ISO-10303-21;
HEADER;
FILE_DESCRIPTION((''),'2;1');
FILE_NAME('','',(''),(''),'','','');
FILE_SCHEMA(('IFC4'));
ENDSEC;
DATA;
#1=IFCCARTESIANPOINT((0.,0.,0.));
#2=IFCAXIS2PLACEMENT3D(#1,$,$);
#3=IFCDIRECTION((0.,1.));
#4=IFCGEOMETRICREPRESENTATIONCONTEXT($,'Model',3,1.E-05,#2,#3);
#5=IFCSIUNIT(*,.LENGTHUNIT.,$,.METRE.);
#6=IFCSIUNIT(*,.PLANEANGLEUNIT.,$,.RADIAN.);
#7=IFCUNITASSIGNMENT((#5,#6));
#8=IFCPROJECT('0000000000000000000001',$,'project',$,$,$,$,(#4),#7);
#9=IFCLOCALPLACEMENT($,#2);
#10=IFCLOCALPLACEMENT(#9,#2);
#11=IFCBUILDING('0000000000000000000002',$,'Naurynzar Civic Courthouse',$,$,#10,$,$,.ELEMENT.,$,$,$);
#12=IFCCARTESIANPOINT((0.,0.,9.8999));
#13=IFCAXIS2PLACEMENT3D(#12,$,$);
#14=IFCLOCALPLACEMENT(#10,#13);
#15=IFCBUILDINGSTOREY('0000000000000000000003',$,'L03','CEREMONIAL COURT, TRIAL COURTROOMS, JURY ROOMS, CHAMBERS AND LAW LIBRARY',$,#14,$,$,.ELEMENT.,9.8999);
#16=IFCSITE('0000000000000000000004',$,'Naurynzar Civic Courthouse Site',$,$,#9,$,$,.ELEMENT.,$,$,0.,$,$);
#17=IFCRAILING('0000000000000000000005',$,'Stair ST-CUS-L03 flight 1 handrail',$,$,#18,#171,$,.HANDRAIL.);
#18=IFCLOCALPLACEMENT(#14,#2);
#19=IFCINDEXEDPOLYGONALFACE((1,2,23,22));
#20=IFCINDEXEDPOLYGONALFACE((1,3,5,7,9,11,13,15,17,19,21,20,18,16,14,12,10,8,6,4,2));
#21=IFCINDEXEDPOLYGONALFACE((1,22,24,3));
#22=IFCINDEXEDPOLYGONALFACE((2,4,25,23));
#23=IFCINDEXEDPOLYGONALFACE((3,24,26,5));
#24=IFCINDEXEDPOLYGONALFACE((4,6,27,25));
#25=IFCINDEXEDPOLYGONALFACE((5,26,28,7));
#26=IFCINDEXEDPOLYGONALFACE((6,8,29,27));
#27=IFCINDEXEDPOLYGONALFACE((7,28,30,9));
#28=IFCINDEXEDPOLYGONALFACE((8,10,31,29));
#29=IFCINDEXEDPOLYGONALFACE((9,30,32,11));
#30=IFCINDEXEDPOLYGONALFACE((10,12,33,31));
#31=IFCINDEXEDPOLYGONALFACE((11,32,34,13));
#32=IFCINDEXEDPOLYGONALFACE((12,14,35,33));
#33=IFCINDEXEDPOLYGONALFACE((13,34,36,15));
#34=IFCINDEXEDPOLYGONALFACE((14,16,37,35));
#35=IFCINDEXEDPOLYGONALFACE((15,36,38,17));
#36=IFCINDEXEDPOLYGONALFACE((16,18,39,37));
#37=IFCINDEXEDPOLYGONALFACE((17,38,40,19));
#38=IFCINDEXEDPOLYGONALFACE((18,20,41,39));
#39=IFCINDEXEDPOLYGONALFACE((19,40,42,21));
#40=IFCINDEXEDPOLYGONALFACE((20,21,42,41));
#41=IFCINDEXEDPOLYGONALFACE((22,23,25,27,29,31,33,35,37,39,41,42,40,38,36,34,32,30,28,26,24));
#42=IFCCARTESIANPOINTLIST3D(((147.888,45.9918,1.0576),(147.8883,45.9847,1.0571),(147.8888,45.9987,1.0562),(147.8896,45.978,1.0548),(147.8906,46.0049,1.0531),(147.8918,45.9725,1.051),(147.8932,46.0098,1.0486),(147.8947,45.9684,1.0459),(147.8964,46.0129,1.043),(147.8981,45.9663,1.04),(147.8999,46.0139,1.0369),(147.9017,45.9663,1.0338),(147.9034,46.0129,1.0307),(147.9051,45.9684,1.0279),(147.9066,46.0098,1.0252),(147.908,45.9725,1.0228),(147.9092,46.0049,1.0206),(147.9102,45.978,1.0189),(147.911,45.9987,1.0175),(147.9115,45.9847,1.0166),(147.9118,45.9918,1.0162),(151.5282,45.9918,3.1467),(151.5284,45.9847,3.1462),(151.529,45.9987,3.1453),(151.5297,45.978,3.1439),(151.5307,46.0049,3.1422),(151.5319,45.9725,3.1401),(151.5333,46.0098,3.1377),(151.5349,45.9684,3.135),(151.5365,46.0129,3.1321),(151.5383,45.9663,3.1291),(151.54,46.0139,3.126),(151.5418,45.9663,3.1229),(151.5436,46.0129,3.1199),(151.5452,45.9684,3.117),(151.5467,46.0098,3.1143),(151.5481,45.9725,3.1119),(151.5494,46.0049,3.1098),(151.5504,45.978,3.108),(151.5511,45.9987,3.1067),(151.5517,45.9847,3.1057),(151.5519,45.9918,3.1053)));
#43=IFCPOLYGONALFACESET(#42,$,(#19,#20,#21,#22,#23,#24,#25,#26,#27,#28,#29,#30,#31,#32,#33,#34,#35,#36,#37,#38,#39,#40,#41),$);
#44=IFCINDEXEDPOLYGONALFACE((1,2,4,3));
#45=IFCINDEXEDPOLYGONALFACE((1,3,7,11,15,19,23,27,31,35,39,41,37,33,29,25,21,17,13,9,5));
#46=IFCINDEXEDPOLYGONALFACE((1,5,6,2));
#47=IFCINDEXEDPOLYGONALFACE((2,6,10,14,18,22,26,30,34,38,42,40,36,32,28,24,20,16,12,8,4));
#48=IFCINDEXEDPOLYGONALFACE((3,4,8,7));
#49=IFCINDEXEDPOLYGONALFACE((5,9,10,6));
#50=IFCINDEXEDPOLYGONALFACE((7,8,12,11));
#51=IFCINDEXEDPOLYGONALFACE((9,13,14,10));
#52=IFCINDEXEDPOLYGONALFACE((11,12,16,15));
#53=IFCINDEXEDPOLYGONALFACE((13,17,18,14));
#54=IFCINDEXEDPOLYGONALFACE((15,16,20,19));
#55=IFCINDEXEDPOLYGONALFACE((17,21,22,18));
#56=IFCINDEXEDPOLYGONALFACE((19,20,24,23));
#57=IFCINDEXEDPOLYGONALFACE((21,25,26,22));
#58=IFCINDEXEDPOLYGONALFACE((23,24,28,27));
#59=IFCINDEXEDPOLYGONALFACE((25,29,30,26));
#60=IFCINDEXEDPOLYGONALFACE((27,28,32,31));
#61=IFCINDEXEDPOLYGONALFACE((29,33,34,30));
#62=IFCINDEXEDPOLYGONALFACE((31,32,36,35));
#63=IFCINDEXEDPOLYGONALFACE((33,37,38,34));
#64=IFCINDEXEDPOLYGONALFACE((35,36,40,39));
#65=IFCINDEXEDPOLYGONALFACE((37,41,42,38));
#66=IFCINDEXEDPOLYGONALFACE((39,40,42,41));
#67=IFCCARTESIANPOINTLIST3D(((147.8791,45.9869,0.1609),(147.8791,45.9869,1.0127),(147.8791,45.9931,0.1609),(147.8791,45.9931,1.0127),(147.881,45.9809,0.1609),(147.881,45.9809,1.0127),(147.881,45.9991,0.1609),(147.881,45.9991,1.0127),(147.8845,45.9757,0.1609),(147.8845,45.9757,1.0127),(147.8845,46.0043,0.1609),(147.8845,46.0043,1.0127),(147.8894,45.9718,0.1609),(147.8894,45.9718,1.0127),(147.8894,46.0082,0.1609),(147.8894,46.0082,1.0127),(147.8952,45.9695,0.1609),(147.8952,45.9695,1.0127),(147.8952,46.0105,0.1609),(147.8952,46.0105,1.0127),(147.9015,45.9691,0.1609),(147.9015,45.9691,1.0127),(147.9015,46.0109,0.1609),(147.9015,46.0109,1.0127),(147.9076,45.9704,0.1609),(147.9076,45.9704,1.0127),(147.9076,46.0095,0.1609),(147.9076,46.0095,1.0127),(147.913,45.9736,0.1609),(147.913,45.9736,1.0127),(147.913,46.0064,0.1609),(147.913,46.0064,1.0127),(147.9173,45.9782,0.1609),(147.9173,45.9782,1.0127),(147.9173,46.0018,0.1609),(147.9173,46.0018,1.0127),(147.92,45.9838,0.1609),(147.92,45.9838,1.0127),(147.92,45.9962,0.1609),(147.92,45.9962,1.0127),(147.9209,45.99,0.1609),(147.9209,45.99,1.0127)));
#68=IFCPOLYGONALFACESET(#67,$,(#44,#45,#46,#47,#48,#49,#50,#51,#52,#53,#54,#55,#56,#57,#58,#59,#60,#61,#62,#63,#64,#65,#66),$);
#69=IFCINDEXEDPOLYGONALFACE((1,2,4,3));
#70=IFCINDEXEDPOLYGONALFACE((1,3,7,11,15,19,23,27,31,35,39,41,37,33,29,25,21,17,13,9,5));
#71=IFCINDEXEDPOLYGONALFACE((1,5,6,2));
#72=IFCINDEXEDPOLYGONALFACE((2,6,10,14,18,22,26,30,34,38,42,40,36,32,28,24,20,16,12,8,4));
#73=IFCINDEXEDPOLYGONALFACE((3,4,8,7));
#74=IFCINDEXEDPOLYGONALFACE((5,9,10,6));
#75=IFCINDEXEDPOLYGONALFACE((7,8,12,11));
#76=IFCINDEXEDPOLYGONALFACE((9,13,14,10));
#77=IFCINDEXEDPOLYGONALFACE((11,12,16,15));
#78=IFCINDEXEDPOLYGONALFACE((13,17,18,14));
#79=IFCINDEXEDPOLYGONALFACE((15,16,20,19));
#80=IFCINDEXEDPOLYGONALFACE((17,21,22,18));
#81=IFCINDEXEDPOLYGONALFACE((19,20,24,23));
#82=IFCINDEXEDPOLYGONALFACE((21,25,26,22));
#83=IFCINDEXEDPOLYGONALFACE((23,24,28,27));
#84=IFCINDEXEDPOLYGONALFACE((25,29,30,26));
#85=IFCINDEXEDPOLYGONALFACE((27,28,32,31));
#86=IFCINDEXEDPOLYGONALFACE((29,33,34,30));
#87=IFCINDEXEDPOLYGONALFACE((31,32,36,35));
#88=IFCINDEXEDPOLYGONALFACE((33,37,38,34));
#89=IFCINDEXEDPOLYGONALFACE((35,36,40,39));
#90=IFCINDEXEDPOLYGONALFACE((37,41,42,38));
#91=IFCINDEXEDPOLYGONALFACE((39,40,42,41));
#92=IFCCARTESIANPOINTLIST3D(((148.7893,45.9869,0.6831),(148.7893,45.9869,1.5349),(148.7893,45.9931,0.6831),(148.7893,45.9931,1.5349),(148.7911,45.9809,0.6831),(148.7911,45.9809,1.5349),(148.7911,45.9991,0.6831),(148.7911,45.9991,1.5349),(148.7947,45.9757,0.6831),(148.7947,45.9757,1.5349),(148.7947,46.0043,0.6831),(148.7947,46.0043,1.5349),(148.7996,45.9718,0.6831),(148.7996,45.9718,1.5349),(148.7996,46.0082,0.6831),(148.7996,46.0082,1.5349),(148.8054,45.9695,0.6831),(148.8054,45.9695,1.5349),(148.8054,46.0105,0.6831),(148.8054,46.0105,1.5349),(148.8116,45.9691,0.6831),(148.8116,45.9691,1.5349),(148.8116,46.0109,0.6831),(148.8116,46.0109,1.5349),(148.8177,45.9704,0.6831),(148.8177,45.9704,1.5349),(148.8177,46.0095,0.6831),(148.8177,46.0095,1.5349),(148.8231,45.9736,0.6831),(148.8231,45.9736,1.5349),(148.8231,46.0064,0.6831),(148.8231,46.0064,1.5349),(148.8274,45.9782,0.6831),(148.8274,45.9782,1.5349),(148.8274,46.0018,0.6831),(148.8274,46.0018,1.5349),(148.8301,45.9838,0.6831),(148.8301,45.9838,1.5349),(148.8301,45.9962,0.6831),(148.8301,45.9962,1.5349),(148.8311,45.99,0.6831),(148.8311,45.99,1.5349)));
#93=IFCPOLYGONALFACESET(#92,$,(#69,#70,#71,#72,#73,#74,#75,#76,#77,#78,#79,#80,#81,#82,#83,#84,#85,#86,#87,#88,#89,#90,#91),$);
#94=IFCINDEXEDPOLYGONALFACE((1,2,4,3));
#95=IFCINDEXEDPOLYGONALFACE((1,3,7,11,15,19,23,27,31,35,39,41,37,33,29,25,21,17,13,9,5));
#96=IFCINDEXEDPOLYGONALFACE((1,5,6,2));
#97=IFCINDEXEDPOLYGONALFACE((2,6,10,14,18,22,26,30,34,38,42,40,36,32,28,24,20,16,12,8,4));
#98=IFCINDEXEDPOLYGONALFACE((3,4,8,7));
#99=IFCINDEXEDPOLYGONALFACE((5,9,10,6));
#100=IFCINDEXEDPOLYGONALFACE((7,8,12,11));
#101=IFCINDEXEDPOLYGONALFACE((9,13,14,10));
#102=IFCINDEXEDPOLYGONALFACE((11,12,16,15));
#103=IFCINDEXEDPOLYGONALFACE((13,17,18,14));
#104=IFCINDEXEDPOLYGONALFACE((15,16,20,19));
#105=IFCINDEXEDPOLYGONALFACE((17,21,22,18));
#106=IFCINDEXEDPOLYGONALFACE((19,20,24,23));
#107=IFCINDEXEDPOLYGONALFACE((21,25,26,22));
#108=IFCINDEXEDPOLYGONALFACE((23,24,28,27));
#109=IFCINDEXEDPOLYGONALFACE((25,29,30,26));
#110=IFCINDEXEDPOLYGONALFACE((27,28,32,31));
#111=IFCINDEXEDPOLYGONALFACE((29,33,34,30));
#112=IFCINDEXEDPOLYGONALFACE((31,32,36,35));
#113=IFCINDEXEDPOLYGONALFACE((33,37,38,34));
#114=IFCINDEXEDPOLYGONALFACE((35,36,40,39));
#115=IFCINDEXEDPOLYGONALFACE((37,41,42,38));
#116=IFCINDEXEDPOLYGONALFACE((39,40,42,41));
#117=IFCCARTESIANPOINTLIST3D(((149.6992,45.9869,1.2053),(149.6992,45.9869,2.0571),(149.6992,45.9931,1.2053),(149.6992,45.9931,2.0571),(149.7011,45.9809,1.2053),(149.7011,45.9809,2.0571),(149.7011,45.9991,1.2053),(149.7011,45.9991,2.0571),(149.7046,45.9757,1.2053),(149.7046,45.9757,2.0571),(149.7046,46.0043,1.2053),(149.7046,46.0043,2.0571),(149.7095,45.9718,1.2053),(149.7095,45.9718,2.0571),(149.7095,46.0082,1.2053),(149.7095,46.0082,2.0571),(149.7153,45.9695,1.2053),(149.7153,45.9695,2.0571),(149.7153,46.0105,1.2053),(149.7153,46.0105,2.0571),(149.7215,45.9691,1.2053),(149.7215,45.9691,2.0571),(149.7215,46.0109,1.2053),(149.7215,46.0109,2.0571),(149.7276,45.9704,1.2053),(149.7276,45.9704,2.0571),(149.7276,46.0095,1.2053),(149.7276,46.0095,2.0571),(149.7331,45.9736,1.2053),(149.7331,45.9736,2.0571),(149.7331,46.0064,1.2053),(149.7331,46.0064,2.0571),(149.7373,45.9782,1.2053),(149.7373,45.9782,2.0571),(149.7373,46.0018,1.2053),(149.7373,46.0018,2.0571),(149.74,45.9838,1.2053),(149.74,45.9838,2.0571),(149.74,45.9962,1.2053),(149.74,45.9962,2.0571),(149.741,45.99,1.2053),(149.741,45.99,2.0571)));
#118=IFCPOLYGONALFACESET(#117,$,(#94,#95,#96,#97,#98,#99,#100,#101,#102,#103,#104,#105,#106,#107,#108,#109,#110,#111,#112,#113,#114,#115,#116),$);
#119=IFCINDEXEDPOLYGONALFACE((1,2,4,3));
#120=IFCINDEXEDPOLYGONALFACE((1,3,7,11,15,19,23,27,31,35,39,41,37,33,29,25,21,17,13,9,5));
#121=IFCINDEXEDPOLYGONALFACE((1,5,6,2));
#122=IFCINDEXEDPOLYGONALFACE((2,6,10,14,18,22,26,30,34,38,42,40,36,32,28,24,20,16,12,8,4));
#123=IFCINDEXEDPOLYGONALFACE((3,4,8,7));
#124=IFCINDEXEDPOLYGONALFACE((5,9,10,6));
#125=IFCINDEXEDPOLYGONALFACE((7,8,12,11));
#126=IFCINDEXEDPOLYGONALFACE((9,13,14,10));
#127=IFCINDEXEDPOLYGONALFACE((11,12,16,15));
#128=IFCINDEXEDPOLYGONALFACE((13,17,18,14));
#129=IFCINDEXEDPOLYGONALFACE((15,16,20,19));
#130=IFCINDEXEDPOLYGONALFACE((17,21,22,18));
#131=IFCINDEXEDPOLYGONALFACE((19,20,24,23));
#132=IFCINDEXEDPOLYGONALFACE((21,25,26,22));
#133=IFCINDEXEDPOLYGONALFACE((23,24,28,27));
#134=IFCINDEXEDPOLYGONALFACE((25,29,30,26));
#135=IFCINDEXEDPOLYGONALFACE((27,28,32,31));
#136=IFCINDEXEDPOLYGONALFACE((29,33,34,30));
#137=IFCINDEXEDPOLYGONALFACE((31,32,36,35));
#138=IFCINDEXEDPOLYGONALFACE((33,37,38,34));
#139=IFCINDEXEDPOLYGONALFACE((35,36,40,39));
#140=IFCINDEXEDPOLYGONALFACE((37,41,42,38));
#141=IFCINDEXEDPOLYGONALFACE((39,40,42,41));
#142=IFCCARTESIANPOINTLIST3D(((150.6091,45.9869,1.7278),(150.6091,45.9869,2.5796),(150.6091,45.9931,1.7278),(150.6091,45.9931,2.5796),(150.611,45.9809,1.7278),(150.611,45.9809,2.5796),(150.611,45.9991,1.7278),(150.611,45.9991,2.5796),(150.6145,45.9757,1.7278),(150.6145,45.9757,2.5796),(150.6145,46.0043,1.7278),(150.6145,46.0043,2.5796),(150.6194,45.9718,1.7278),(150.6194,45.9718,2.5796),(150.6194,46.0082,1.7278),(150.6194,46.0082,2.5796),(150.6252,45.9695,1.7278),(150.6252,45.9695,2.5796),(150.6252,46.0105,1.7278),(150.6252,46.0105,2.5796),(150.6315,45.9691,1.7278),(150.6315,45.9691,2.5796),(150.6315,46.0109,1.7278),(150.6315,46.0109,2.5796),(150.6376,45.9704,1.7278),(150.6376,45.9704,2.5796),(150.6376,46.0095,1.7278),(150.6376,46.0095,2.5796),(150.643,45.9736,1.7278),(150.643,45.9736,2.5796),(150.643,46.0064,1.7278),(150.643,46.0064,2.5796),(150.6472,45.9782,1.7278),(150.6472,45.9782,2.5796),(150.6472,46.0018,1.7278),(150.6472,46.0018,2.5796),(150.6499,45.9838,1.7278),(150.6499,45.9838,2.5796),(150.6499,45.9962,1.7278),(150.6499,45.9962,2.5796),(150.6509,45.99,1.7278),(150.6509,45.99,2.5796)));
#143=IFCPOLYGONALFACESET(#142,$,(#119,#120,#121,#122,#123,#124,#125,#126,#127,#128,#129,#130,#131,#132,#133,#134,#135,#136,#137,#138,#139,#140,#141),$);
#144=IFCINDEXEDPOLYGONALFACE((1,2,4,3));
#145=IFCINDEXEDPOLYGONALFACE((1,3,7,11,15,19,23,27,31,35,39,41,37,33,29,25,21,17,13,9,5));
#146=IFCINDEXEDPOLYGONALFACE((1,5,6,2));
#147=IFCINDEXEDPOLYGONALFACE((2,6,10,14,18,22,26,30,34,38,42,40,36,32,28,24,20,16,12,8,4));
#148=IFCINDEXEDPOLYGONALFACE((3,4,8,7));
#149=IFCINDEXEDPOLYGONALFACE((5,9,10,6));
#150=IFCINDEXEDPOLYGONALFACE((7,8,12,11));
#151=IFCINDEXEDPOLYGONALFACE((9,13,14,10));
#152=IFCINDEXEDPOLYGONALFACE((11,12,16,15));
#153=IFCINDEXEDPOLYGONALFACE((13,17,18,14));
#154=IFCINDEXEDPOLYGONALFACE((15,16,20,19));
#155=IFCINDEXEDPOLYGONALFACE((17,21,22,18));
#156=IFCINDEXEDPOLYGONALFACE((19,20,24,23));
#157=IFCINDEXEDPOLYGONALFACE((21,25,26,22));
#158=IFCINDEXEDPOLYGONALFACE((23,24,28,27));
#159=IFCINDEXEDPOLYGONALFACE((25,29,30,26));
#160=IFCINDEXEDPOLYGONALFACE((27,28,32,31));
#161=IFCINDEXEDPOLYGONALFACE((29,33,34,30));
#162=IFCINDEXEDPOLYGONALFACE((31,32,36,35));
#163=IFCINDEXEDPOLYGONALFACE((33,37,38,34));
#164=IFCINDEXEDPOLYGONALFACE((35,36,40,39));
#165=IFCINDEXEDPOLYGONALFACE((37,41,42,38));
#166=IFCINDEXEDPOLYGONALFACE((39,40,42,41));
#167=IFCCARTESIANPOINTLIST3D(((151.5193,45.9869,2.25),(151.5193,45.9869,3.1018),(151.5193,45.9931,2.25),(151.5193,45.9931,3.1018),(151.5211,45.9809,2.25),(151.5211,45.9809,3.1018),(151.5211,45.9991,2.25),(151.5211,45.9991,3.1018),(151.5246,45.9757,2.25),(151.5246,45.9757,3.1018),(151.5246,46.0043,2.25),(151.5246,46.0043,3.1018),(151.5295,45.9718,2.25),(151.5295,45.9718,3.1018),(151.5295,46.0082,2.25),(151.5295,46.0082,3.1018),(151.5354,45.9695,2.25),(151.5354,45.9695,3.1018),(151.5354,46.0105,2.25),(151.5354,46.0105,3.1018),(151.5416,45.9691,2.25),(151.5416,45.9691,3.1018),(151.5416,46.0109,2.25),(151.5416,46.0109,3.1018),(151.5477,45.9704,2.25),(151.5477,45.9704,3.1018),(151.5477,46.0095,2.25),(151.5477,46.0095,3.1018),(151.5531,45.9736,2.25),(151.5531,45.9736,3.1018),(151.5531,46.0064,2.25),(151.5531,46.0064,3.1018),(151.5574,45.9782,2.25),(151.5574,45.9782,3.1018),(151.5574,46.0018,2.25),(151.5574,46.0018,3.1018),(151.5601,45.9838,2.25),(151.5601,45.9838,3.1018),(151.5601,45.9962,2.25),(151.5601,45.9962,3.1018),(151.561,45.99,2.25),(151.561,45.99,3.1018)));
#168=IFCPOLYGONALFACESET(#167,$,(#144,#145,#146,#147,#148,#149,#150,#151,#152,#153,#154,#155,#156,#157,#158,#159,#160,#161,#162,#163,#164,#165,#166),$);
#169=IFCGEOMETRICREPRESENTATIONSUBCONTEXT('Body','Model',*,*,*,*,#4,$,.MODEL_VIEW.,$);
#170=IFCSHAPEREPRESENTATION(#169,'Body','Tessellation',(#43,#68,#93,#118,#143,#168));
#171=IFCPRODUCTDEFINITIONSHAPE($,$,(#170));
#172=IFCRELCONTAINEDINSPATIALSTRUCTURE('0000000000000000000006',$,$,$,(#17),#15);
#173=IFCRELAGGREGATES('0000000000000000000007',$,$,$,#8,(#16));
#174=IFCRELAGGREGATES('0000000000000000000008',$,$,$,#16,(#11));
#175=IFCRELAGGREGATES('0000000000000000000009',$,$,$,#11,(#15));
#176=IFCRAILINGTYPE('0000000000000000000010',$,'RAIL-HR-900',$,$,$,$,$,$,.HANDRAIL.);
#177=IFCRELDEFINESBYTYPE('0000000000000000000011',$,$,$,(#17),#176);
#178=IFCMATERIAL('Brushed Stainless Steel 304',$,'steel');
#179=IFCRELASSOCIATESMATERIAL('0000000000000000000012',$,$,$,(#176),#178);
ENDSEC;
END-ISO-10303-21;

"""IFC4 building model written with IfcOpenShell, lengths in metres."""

from ifc_helpers import new_model, si_unit, direction, frame, origin, origin_2d, place, context, subcontext, project, spatial, circle, extrude, material, type_object, element, save


model = new_model("IFC4")

# Units and contexts
model_context = context("Model", 3, precision=1e-05, world=origin(), true_north=direction((0.0, 1.0)))
body_context = subcontext(model_context, "Body", "Model", "MODEL_VIEW")
ifc_project = project(units=[si_unit("LENGTHUNIT", "METRE"), si_unit("PLANEANGLEUNIT", "RADIAN")], contexts=[model_context])

# Site, building, storey
site_placement = place(None, origin())
site = spatial("IfcSite", under=ifc_project, at=site_placement, Name="Naurynzar Civic Courthouse Site", CompositionType="ELEMENT", RefElevation=0.0)
building_placement = place(site_placement, origin())
building = spatial("IfcBuilding", under=site, at=building_placement, Name="Naurynzar Civic Courthouse", CompositionType="ELEMENT")
storey_placement = place(building_placement, frame((0.0, 0.0, 9.8999)))
storey = spatial("IfcBuildingStorey", under=building, at=storey_placement, Name="L03", Description="CEREMONIAL COURT, TRIAL COURTROOMS, JURY ROOMS, CHAMBERS AND LAW LIBRARY", CompositionType="ELEMENT", Elevation=9.8999)

# Railing
ifc_material_1 = material(Name="Brushed Stainless Steel 304", Category="steel")
railing_type_1 = type_object("IfcRailingType", Name="RAIL-HR-900", PredefinedType="HANDRAIL", material=ifc_material_1)
railing_1_placement = place(storey_placement, frame((147.8999, 45.99, 0.1609)))
element("IfcRailing", 1, at=railing_1_placement, inside=storey, type_object=railing_type_1, Name="Stair ST-CUS-L03 flight 1 handrail", PredefinedType="HANDRAIL", context=body_context, shape_type="SweptSolid", body=[
    extrude(circle(Radius=0.0239, at=origin_2d()), frame((0.0, 0.0, 0.876), z_axis=(0.867314, 0.0, 0.497761), x_axis=(0.0, 1.0, 0.0)), (0.0, 0.0, 1.0), 4.197),
    extrude(circle(Radius=0.021, at=origin_2d()), origin(), (0.0, 0.0, 1.0), 0.8518),
    extrude(circle(Radius=0.021, at=origin_2d()), frame((0.9102, 0.0, 0.5222)), (0.0, 0.0, 1.0), 0.8518),
    extrude(circle(Radius=0.021, at=origin_2d()), frame((1.8201, 0.0, 1.0444)), (0.0, 0.0, 1.0), 0.8518),
    extrude(circle(Radius=0.021, at=origin_2d()), frame((2.73, 0.0, 1.5669)), (0.0, 0.0, 1.0), 0.8518),
    extrude(circle(Radius=0.021, at=origin_2d()), frame((3.6401, 0.0, 2.0891)), (0.0, 0.0, 1.0), 0.8518),
])

save(model, "model.ifc")
